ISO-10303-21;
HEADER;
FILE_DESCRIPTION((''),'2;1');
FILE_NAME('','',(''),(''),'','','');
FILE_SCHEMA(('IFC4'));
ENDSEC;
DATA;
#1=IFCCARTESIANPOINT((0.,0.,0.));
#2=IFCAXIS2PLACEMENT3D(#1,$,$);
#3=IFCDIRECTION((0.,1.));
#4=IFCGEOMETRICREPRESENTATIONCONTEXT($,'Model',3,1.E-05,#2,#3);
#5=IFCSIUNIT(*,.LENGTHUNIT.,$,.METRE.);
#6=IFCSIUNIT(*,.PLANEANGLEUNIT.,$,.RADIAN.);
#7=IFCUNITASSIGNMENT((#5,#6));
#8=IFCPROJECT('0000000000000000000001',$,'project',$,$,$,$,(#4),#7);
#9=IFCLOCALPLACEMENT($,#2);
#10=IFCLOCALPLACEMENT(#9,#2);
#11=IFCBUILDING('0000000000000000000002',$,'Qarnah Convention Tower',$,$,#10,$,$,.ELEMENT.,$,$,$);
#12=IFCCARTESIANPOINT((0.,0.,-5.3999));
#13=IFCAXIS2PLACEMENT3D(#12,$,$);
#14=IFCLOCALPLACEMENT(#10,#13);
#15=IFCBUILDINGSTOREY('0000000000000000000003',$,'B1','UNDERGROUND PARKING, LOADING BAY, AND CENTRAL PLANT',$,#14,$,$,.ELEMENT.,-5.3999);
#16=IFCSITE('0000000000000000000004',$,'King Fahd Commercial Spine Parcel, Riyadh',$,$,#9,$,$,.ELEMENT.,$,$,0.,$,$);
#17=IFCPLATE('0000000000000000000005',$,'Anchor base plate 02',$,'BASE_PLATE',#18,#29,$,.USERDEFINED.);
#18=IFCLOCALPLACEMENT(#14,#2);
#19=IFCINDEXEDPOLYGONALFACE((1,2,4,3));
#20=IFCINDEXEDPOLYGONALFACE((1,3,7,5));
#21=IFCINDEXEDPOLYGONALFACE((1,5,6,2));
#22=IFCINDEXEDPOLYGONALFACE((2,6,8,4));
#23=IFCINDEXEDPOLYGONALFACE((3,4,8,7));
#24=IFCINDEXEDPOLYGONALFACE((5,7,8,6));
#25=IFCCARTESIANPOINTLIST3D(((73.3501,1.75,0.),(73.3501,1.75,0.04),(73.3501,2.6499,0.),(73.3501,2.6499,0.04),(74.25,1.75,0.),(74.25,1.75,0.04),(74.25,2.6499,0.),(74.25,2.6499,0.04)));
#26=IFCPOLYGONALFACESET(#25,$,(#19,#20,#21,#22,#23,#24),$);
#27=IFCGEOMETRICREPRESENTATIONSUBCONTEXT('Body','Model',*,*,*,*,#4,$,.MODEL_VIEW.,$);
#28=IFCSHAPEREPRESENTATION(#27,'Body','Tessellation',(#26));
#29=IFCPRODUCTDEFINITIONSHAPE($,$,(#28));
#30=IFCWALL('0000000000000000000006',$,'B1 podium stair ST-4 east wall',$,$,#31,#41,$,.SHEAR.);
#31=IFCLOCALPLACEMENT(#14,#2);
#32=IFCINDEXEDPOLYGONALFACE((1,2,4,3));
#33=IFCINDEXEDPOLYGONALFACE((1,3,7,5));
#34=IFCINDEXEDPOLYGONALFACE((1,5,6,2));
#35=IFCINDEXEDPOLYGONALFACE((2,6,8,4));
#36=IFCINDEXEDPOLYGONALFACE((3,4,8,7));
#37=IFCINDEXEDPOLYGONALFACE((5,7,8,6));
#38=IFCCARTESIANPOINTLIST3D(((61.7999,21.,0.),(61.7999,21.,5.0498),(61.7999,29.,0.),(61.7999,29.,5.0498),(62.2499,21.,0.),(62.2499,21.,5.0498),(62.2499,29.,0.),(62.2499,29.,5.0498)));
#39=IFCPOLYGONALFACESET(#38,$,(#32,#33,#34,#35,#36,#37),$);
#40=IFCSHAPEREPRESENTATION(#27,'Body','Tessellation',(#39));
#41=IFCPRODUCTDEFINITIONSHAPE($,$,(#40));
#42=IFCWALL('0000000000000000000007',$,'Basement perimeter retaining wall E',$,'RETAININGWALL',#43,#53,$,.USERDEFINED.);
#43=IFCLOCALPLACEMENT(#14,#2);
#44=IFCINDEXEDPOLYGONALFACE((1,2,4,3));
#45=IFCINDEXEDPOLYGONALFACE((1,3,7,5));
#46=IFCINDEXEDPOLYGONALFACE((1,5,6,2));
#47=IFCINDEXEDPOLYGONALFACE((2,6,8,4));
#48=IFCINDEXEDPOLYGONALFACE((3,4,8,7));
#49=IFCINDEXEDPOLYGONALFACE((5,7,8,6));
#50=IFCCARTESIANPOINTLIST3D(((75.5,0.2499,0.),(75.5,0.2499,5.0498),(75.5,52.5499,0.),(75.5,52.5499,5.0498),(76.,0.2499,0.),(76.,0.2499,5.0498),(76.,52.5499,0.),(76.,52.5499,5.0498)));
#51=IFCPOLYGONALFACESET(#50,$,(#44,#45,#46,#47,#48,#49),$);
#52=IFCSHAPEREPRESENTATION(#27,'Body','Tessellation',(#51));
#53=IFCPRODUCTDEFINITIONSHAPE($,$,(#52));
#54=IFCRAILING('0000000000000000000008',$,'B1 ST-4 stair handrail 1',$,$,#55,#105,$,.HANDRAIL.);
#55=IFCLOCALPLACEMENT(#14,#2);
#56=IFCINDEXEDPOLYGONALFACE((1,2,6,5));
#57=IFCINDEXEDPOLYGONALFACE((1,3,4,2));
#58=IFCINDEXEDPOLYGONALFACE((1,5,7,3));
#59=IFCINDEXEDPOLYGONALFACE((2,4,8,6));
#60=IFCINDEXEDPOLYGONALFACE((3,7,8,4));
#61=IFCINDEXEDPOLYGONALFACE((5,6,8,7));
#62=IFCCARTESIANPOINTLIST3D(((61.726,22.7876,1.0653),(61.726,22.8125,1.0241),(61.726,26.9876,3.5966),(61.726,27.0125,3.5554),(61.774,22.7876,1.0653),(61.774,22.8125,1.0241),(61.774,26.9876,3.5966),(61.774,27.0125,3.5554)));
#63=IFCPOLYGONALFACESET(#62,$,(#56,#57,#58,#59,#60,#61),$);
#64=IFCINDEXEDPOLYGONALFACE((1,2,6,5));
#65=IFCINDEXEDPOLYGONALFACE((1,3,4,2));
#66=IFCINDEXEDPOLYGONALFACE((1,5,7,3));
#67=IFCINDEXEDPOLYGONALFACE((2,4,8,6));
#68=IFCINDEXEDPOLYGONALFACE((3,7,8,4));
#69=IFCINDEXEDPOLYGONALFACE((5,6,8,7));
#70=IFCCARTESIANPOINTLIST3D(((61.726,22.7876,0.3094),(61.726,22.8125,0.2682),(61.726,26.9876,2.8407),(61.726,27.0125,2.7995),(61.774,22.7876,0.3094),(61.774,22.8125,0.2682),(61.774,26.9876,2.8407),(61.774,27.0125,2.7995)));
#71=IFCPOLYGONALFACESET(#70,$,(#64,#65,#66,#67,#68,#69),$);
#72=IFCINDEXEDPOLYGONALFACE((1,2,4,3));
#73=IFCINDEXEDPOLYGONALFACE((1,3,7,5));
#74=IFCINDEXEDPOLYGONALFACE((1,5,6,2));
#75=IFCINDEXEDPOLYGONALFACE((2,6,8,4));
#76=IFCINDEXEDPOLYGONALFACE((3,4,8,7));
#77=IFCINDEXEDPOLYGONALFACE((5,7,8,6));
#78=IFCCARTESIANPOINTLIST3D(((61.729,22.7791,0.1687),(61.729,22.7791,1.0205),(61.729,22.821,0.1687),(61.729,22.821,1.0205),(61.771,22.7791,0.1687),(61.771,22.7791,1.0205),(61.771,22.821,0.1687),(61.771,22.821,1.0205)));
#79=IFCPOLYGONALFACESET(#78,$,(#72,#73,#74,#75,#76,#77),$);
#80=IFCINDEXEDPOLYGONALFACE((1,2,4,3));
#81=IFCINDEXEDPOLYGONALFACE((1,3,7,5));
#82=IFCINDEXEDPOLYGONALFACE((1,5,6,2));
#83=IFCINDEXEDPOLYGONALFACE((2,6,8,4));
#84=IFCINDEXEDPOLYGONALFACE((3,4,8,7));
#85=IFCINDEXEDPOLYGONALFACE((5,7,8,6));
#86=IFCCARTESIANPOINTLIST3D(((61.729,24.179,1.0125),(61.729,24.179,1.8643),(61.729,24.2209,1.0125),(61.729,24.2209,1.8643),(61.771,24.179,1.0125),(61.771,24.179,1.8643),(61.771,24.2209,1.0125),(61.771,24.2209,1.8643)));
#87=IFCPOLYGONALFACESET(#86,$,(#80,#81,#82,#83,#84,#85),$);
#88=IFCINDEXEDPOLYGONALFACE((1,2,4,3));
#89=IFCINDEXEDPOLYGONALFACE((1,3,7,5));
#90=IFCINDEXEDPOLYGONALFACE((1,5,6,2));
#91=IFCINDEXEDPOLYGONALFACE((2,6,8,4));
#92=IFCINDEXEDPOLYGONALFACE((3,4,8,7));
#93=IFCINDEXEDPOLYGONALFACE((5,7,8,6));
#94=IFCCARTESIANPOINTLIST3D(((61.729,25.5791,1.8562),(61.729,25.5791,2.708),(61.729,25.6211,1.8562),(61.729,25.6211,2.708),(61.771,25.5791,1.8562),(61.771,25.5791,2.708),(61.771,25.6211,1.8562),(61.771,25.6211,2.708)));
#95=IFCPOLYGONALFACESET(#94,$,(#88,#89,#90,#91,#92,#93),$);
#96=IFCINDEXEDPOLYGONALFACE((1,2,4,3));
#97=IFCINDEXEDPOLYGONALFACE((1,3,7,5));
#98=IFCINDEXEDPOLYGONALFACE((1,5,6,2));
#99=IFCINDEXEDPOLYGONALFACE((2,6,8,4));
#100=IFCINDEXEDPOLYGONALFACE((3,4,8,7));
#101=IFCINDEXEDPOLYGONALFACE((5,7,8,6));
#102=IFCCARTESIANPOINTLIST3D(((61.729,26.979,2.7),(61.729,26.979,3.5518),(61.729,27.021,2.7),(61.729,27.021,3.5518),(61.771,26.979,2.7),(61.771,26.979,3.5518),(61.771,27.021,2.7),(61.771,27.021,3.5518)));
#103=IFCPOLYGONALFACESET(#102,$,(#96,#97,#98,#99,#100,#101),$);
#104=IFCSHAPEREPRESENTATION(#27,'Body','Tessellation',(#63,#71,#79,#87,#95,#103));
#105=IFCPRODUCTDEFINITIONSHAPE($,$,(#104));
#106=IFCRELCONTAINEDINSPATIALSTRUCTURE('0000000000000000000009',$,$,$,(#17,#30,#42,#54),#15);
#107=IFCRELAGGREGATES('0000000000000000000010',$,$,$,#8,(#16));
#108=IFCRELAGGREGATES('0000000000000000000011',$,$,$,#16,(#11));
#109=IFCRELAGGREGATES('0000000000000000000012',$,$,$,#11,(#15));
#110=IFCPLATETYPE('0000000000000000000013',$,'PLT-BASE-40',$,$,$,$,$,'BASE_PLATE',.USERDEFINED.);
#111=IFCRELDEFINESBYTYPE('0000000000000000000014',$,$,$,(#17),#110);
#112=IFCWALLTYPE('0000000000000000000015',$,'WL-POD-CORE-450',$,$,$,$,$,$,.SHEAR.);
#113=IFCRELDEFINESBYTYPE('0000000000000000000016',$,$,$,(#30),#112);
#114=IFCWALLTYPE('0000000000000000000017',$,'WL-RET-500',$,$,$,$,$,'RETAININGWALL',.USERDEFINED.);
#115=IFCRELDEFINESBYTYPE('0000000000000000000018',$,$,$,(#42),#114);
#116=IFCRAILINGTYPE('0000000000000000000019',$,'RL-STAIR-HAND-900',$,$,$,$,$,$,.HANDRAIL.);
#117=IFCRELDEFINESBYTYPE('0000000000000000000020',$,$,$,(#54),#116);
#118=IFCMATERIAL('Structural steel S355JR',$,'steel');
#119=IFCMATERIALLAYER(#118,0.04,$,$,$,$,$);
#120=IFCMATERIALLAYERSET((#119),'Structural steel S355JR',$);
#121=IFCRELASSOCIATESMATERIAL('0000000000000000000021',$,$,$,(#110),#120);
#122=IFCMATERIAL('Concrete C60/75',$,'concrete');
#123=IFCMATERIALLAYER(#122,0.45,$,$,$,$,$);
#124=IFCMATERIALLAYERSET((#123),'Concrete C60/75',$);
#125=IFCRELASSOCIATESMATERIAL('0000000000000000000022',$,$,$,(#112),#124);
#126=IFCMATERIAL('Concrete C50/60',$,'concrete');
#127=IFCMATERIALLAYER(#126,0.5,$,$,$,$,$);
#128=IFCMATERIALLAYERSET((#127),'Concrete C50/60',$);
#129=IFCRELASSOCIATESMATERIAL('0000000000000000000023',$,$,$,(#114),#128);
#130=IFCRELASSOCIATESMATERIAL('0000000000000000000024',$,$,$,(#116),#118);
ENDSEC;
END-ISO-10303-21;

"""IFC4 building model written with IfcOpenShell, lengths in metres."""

from ifc_helpers import new_model, si_unit, direction, frame, frame_2d, origin, origin_2d, place, context, subcontext, project, spatial, rectangle, extrude, material, layer, layer_set, type_object, element, save


model = new_model("IFC4")

# Units and contexts
model_context = context("Model", 3, precision=1e-05, world=origin(), true_north=direction((0.0, 1.0)))
body_context = subcontext(model_context, "Body", "Model", "MODEL_VIEW")
ifc_project = project(units=[si_unit("LENGTHUNIT", "METRE"), si_unit("PLANEANGLEUNIT", "RADIAN")], contexts=[model_context])

# Site, building, storey
site_placement = place(None, origin())
site = spatial("IfcSite", under=ifc_project, at=site_placement, Name="King Fahd Commercial Spine Parcel, Riyadh", CompositionType="ELEMENT", RefElevation=0.0)
building_placement = place(site_placement, origin())
building = spatial("IfcBuilding", under=site, at=building_placement, Name="Qarnah Convention Tower", CompositionType="ELEMENT")
storey_placement = place(building_placement, frame((0.0, 0.0, -5.3999)))
storey = spatial("IfcBuildingStorey", under=building, at=storey_placement, Name="B1", Description="UNDERGROUND PARKING, LOADING BAY, AND CENTRAL PLANT", CompositionType="ELEMENT", Elevation=-5.3999)

# Shared definitions
ifc_material_1 = material(Name="Concrete C50/60", Category="concrete")

# Shared definitions
ifc_material_2 = material(Name="Concrete C60/75", Category="concrete")

# Shared definitions
ifc_material_3 = material(Name="Structural steel S355JR", Category="steel")

# Plate
ifc_layer_1 = layer(ifc_material_3, 0.04)
ifc_layer_set_1 = layer_set([ifc_layer_1], Name="Structural steel S355JR")
plate_type = type_object("IfcPlateType", Name="PLT-BASE-40", ElementType="BASE_PLATE", PredefinedType="USERDEFINED", material=ifc_layer_set_1)
plate_placement = place(storey_placement, frame((73.8, 2.2, 0.0), z_axis=(0.0, 0.0, 1.0), x_axis=(1.0, 0.0, 0.0)))
element("IfcPlate", 1, at=plate_placement, inside=storey, type_object=plate_type, Name="Anchor base plate 02", ObjectType="BASE_PLATE", PredefinedType="USERDEFINED", context=body_context, shape_type="SweptSolid", body=[
    extrude(rectangle(XDim=0.8999, YDim=0.8999, at=origin_2d()), origin(), (0.0, 0.0, 1.0), 0.04),
])

# Walls
ifc_layer_2 = layer(ifc_material_2, 0.45)
ifc_layer_set_2 = layer_set([ifc_layer_2], Name="Concrete C60/75")
wall_type_1 = type_object("IfcWallType", Name="WL-POD-CORE-450", PredefinedType="SHEAR", material=ifc_layer_set_2)
wall_1_placement = place(storey_placement, frame((62.0249, 21.0, 0.0), z_axis=(0.0, 0.0, 1.0), x_axis=(0.0, 1.0, 0.0)))
element("IfcWall", 2, at=wall_1_placement, inside=storey, type_object=wall_type_1, Name="B1 podium stair ST-4 east wall", PredefinedType="SHEAR", context=body_context, shape_type="SweptSolid", body=[
    extrude(rectangle(XDim=8.0, YDim=0.45, at=frame_2d((4.0, 0.0))), origin(), (0.0, 0.0, 1.0), 5.0498),
])
ifc_layer_3 = layer(ifc_material_1, 0.5)
ifc_layer_set_3 = layer_set([ifc_layer_3], Name="Concrete C50/60")
wall_type_2 = type_object("IfcWallType", Name="WL-RET-500", ElementType="RETAININGWALL", PredefinedType="USERDEFINED", material=ifc_layer_set_3)
wall_2_placement = place(storey_placement, frame((75.75, 0.25, 0.0), z_axis=(0.0, 0.0, 1.0), x_axis=(0.0, 1.0, 0.0)))
element("IfcWall", 3, at=wall_2_placement, inside=storey, type_object=wall_type_2, Name="Basement perimeter retaining wall E", ObjectType="RETAININGWALL", PredefinedType="USERDEFINED", context=body_context, shape_type="SweptSolid", body=[
    extrude(rectangle(XDim=52.3, YDim=0.5, at=frame_2d((26.1499, 0.0))), origin(), (0.0, 0.0, 1.0), 5.0498),
])

# Railing
railing_type = type_object("IfcRailingType", Name="RL-STAIR-HAND-900", PredefinedType="HANDRAIL", material=ifc_material_3)
railing_placement = place(storey_placement, frame((61.75, 22.8, 0.1687)))
element("IfcRailing", 4, at=railing_placement, inside=storey, type_object=railing_type, Name="B1 ST-4 stair handrail 1", PredefinedType="HANDRAIL", context=body_context, shape_type="SweptSolid", body=[
    extrude(rectangle(XDim=0.0481, YDim=0.0481, at=origin_2d()), frame((0.0, 0.0, 0.876), z_axis=(0.0, 0.856476, 0.516186), x_axis=(-1.0, 0.0, 0.0)), (0.0, 0.0, 1.0), 4.9038),
    extrude(rectangle(XDim=0.0481, YDim=0.0481, at=origin_2d()), frame((0.0, 0.0, 0.1201), z_axis=(0.0, 0.856476, 0.516186), x_axis=(-1.0, 0.0, 0.0)), (0.0, 0.0, 1.0), 4.9038),
    extrude(rectangle(XDim=0.042, YDim=0.042, at=origin_2d()), origin(), (0.0, 0.0, 1.0), 0.8518),
    extrude(rectangle(XDim=0.042, YDim=0.042, at=origin_2d()), frame((0.0, 1.3999, 0.8438)), (0.0, 0.0, 1.0), 0.8518),
    extrude(rectangle(XDim=0.042, YDim=0.042, at=origin_2d()), frame((0.0, 2.8, 1.6875)), (0.0, 0.0, 1.0), 0.8518),
    extrude(rectangle(XDim=0.042, YDim=0.042, at=origin_2d()), frame((0.0, 4.2, 2.5312)), (0.0, 0.0, 1.0), 0.8518),
])

save(model, "model.ifc")
